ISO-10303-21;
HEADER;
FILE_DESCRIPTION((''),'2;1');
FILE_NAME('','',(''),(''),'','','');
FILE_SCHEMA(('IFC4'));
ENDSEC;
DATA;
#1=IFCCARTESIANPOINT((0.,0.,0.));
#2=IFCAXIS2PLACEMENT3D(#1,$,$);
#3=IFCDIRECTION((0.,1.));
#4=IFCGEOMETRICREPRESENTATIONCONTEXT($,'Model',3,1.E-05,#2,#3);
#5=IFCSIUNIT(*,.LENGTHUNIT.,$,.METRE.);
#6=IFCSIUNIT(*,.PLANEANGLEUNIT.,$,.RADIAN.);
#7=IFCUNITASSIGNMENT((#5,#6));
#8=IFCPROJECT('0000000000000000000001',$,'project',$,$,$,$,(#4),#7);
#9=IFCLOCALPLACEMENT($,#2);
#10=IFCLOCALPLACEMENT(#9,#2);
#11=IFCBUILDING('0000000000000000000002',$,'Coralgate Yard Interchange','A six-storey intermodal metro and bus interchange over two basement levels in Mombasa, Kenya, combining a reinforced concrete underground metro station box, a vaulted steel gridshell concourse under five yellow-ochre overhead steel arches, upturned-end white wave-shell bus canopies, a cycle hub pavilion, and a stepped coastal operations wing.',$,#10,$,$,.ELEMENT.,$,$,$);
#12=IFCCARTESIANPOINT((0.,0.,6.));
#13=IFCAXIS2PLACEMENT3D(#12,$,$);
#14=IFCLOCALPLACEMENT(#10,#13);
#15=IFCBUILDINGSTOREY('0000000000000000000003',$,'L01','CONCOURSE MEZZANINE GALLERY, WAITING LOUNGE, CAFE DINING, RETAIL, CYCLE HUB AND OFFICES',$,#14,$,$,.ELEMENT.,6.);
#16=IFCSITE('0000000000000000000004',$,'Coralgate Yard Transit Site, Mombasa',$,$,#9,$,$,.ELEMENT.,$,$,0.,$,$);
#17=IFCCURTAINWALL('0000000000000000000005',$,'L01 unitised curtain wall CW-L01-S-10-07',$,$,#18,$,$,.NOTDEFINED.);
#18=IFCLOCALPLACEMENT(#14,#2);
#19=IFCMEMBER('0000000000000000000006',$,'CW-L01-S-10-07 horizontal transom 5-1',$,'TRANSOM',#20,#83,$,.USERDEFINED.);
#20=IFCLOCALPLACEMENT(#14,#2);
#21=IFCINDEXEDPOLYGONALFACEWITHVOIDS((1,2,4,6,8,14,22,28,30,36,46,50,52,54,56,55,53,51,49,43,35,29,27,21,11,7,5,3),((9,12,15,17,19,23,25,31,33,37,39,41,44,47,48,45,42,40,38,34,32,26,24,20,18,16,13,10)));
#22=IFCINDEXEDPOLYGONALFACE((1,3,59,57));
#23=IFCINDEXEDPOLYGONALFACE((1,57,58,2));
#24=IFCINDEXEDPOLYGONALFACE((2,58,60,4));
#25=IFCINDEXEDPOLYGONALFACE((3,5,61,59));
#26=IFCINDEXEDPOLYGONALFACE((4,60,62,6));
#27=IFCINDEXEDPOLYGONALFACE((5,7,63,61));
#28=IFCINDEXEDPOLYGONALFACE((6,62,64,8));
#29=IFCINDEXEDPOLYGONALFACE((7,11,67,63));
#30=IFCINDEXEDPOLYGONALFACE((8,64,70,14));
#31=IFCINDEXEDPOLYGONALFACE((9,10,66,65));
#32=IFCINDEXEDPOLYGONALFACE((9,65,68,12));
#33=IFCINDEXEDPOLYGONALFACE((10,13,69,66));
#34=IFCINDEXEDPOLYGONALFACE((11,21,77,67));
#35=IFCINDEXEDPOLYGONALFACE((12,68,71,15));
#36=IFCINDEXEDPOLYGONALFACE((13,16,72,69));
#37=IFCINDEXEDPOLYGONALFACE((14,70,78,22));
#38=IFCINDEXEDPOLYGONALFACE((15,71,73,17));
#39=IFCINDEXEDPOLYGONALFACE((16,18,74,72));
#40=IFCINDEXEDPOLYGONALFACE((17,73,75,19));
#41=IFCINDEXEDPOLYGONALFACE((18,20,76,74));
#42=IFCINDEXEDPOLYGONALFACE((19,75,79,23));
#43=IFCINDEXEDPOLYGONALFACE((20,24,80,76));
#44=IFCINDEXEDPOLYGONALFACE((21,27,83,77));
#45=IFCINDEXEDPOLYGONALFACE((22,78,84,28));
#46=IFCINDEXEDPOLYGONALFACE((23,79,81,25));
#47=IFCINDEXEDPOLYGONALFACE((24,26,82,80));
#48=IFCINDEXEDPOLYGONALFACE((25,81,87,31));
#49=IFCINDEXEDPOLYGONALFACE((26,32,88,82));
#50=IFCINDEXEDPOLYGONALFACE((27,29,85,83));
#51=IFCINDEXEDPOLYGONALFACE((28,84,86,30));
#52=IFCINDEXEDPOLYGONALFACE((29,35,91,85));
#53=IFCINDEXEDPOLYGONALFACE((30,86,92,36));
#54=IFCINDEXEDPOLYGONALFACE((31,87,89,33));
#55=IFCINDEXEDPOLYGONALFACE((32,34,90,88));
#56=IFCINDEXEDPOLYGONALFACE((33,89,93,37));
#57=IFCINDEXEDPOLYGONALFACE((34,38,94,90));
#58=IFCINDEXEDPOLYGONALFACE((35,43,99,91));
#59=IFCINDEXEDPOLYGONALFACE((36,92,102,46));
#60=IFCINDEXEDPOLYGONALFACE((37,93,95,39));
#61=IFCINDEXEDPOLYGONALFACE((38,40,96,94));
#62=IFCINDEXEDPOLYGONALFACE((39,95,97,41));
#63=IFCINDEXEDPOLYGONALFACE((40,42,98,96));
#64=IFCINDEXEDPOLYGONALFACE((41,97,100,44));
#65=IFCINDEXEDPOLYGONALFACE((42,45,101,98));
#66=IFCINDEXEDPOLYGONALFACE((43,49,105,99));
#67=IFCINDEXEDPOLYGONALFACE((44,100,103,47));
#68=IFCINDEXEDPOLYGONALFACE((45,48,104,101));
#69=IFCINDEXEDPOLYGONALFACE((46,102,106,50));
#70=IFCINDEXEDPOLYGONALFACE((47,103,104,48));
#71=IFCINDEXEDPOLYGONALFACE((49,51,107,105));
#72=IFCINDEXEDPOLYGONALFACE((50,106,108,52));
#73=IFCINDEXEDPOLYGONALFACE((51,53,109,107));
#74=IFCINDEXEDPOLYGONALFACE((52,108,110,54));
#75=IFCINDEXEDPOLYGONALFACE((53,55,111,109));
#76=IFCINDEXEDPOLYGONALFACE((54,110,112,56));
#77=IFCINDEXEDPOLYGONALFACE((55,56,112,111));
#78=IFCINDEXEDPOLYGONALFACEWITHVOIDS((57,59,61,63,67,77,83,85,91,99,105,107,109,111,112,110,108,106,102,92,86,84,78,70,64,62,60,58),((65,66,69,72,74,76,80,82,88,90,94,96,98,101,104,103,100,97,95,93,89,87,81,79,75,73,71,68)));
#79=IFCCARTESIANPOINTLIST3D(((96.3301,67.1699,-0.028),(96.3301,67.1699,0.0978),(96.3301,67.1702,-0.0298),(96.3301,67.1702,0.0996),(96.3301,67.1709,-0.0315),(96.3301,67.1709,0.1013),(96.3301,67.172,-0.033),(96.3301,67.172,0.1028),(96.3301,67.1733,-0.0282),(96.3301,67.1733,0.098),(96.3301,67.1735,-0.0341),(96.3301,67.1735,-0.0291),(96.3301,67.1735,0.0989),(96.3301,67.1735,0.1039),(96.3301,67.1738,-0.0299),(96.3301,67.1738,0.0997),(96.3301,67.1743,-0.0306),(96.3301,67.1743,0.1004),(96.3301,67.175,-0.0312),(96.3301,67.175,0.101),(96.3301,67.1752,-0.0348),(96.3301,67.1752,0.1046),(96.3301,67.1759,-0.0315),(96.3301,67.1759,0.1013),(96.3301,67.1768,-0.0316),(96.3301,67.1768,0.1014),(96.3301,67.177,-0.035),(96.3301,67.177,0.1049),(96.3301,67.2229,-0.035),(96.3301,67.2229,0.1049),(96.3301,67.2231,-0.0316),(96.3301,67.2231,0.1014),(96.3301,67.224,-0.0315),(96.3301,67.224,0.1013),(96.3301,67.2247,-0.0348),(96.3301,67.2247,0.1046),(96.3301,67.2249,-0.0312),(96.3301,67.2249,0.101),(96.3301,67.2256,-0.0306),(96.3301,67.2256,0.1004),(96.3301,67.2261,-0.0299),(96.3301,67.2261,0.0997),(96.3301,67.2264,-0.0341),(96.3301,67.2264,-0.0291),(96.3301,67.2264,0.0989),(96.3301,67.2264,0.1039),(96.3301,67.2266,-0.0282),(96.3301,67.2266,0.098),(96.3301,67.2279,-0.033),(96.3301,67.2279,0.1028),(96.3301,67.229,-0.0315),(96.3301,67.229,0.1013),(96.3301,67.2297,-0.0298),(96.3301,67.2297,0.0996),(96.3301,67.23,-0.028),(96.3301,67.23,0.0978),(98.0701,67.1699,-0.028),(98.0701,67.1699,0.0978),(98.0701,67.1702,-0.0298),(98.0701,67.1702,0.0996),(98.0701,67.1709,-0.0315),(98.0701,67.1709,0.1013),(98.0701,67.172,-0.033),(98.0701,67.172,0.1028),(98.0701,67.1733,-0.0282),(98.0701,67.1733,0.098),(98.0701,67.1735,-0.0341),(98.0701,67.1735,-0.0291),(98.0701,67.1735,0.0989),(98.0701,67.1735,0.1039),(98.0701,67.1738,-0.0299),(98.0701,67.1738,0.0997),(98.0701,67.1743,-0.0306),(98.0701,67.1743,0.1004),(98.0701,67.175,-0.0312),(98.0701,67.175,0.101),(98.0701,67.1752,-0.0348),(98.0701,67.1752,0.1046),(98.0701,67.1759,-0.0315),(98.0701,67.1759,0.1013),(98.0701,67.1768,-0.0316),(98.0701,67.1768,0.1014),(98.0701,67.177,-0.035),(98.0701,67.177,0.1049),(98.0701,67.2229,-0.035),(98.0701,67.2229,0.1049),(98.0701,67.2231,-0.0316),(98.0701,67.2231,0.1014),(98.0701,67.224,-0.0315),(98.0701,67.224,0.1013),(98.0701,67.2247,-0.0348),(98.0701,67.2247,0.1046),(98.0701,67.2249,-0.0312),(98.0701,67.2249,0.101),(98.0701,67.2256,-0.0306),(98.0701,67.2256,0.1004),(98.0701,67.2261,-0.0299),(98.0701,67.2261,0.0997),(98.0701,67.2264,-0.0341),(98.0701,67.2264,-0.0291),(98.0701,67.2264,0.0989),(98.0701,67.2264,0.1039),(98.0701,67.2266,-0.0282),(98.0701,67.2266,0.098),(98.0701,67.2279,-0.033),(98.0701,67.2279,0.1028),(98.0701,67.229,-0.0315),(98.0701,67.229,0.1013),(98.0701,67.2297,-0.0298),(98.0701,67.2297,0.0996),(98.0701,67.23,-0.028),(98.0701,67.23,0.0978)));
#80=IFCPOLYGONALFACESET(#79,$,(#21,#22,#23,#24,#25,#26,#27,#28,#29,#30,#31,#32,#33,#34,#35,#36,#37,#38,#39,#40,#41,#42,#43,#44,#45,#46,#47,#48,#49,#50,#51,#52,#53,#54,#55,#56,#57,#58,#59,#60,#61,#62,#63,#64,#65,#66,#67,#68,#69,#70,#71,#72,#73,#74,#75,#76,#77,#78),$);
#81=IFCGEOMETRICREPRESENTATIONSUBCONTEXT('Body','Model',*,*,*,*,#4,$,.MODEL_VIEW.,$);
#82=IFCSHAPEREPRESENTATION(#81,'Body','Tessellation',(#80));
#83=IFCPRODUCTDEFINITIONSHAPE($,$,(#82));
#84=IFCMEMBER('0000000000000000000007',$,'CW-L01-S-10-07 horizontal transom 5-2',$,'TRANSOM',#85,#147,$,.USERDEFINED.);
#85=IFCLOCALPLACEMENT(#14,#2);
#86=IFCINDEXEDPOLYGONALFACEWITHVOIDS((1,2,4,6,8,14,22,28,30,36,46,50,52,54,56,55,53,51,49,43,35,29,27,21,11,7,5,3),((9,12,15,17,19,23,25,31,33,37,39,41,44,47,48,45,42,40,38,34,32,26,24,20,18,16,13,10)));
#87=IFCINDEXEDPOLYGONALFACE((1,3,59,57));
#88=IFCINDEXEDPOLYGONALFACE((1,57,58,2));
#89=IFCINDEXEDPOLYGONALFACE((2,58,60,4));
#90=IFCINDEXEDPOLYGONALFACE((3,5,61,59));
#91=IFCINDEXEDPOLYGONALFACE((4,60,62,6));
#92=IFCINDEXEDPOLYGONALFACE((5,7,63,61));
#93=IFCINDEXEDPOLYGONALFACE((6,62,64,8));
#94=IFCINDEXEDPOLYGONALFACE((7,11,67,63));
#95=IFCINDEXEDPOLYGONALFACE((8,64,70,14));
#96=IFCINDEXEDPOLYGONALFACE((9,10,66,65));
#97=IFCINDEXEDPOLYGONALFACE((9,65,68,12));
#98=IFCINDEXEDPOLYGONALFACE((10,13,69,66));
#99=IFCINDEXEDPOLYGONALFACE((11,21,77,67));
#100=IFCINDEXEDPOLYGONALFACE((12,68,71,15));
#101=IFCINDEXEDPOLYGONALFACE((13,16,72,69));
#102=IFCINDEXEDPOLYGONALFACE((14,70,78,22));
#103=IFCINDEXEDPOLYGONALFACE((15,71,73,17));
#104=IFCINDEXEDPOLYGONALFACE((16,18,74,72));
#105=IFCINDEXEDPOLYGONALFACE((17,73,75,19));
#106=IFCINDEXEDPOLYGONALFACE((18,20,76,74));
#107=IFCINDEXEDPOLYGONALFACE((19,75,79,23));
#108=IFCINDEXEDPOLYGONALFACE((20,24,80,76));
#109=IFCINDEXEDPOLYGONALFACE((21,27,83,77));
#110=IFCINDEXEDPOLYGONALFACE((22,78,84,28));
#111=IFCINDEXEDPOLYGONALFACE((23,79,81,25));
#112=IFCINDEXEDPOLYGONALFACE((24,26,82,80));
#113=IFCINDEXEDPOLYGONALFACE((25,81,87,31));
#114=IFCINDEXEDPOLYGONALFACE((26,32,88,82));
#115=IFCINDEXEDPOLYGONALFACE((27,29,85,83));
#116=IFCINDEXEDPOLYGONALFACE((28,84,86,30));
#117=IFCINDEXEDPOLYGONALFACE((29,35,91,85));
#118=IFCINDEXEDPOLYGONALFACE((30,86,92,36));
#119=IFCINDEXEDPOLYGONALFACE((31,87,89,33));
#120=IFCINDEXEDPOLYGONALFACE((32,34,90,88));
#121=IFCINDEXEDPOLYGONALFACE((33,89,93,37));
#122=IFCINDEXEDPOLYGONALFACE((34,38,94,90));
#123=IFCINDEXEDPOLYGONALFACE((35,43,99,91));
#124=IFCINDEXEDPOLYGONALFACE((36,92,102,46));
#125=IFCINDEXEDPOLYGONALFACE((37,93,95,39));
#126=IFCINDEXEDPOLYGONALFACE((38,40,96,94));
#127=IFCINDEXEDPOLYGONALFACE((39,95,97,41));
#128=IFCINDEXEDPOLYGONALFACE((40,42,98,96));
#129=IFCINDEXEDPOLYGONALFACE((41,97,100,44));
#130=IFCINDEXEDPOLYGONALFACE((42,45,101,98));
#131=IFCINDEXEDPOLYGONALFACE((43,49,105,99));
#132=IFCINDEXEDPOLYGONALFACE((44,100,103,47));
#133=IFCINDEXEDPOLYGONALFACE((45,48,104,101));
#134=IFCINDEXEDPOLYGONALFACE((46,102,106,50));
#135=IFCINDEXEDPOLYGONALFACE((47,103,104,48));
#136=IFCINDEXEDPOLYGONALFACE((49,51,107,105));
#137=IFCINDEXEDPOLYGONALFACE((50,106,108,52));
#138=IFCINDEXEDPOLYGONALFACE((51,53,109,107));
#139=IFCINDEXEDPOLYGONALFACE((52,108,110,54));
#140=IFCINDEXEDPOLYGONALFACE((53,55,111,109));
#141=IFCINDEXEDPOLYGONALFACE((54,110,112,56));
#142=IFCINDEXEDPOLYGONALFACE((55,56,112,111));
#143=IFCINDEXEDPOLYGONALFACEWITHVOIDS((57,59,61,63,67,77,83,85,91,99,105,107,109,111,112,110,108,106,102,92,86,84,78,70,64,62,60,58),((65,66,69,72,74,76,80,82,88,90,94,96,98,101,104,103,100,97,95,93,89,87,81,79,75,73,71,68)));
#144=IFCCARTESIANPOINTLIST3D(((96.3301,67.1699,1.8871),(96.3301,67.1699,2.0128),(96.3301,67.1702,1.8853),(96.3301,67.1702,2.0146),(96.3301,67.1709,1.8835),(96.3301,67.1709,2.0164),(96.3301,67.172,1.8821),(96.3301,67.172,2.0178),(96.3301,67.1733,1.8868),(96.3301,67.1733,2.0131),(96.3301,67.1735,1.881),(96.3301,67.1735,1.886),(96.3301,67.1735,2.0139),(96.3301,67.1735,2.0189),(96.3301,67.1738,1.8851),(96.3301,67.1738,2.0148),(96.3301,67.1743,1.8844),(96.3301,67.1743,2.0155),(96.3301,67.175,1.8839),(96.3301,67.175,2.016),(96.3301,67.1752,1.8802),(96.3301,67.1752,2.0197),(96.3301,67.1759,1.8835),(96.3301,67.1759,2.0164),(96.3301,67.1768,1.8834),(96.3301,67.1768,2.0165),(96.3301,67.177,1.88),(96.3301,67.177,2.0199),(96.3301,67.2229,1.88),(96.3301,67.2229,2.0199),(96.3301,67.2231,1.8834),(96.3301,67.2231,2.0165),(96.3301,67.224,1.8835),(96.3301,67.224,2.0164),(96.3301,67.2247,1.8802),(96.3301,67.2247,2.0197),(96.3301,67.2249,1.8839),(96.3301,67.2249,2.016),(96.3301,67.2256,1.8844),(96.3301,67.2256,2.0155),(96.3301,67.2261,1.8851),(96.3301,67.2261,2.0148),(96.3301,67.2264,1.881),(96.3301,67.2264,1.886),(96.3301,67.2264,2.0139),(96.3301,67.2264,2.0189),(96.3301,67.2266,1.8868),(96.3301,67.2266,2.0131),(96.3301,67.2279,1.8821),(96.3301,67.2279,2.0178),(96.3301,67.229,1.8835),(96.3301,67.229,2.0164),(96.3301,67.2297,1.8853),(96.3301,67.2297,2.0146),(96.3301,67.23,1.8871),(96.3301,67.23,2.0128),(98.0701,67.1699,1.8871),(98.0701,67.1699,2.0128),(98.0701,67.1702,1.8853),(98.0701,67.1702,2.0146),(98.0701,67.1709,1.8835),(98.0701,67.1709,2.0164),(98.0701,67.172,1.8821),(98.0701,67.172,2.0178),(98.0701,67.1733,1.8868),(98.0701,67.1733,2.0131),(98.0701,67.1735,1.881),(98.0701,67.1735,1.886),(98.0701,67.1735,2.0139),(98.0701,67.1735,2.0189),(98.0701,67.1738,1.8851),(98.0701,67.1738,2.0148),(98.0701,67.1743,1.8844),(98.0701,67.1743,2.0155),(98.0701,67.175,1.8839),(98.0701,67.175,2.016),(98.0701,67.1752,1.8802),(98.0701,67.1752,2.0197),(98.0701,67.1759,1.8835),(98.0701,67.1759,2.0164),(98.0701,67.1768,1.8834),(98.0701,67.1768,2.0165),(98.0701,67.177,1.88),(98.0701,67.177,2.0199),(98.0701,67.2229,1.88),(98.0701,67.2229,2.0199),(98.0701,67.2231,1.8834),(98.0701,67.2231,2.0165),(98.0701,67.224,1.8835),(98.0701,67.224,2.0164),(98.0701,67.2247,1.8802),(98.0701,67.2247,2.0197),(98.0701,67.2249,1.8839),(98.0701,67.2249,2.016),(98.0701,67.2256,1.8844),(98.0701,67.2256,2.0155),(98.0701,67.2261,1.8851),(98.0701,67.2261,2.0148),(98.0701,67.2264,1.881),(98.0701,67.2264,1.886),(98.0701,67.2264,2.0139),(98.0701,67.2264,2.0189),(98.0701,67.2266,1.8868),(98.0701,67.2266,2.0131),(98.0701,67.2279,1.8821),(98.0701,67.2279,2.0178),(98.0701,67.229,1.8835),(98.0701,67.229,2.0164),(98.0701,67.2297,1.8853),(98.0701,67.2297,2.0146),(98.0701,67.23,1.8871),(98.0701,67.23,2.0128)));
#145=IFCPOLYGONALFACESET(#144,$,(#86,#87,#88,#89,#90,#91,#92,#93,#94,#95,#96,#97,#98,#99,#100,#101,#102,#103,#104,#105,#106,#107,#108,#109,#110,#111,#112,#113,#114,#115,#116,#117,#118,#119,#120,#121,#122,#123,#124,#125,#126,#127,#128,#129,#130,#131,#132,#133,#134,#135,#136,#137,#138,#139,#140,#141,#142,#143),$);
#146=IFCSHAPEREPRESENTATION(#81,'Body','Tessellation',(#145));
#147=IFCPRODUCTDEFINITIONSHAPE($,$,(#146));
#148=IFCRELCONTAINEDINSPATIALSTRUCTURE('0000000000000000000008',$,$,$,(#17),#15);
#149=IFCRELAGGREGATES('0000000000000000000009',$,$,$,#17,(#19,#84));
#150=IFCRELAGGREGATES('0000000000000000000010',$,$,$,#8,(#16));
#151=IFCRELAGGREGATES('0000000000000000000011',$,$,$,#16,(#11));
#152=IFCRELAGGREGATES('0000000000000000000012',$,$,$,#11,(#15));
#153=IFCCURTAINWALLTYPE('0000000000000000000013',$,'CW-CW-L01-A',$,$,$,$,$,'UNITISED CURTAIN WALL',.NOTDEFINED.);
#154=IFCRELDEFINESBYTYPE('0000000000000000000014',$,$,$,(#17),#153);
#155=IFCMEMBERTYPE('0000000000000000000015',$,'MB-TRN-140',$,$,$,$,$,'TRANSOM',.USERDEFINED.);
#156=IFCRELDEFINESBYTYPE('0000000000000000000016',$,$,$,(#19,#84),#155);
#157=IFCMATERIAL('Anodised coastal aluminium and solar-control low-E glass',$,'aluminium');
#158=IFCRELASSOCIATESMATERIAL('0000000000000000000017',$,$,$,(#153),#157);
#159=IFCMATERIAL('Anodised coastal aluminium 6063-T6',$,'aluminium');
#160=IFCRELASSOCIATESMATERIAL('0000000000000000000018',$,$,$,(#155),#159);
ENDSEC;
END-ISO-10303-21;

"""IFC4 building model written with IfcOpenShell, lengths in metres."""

from ifc_helpers import new_model, si_unit, direction, frame, origin, origin_2d, place, context, subcontext, project, spatial, hollow_rectangle, extrude, material, material_profile, profile_set, type_object, element, aggregate, save


model = new_model("IFC4")

# Units and contexts
model_context = context("Model", 3, precision=1e-05, world=origin(), true_north=direction((0.0, 1.0)))
body_context = subcontext(model_context, "Body", "Model", "MODEL_VIEW")
ifc_project = project(units=[si_unit("LENGTHUNIT", "METRE"), si_unit("PLANEANGLEUNIT", "RADIAN")], contexts=[model_context])

# Site, building, storey
site_placement = place(None, origin())
site = spatial("IfcSite", under=ifc_project, at=site_placement, Name="Coralgate Yard Transit Site, Mombasa", CompositionType="ELEMENT", RefElevation=0.0)
building_placement = place(site_placement, origin())
building = spatial("IfcBuilding", under=site, at=building_placement, Name="Coralgate Yard Interchange", Description="A six-storey intermodal metro and bus interchange over two basement levels in Mombasa, Kenya, combining a reinforced concrete underground metro station box, a vaulted steel gridshell concourse under five yellow-ochre overhead steel arches, upturned-end white wave-shell bus canopies, a cycle hub pavilion, and a stepped coastal operations wing.", CompositionType="ELEMENT")
storey_placement = place(building_placement, frame((0.0, 0.0, 6.0)))
storey = spatial("IfcBuildingStorey", under=building, at=storey_placement, Name="L01", Description="CONCOURSE MEZZANINE GALLERY, WAITING LOUNGE, CAFE DINING, RETAIL, CYCLE HUB AND OFFICES", CompositionType="ELEMENT", Elevation=6.0)

# Shared definitions
ifc_material_1 = material(Name="Anodised coastal aluminium and solar-control low-E glass", Category="aluminium")
curtain_wall_type = type_object("IfcCurtainWallType", Name="CW-CW-L01-A", ElementType="UNITISED CURTAIN WALL", PredefinedType="NOTDEFINED", material=ifc_material_1)
ifc_material_2 = material(Name="Anodised coastal aluminium 6063-T6", Category="aluminium")

# Curtain wall
curtain_wall_1_placement = place(storey_placement, origin())
curtain_wall_1 = element("IfcCurtainWall", 1, at=curtain_wall_1_placement, inside=storey, type_object=curtain_wall_type, Name="L01 unitised curtain wall CW-L01-S-10-07", PredefinedType="NOTDEFINED")

# Members
ifc_material_profile_1 = material_profile(ifc_material_2, hollow_rectangle(XDim=0.0601, YDim=0.1399, WallThickness=0.0034, InnerFilletRadius=0.0034, OuterFilletRadius=0.0071, at=origin_2d()), Name="ALU 60x140x3.5")
ifc_profile_set_1 = profile_set([ifc_material_profile_1], Name="Anodised coastal aluminium 6063-T6")
member_type_1 = type_object("IfcMemberType", Name="MB-TRN-140", ElementType="TRANSOM", PredefinedType="USERDEFINED", material=ifc_profile_set_1)
member_1_placement = place(storey_placement, frame((98.0701, 67.2, 0.0349), z_axis=(-1.0, 0.0, 0.0), x_axis=(0.0, -1.0, 0.0)))
member_1 = element("IfcMember", 2, at=member_1_placement, type_object=member_type_1, Name="CW-L01-S-10-07 horizontal transom 5-1", ObjectType="TRANSOM", PredefinedType="USERDEFINED", context=body_context, shape_type="SweptSolid", body=[
    extrude(hollow_rectangle(XDim=0.0601, YDim=0.1399, WallThickness=0.0034, InnerFilletRadius=0.0034, OuterFilletRadius=0.0071, at=origin_2d()), origin(), (0.0, 0.0, 1.0), 1.74),
])
member_2_placement = place(storey_placement, frame((98.0701, 67.2, 1.95), z_axis=(-1.0, 0.0, 0.0), x_axis=(0.0, -1.0, 0.0)))
member_2 = element("IfcMember", 3, at=member_2_placement, type_object=member_type_1, Name="CW-L01-S-10-07 horizontal transom 5-2", ObjectType="TRANSOM", PredefinedType="USERDEFINED", context=body_context, shape_type="SweptSolid", body=[
    extrude(hollow_rectangle(XDim=0.0601, YDim=0.1399, WallThickness=0.0034, InnerFilletRadius=0.0034, OuterFilletRadius=0.0071, at=origin_2d()), origin(), (0.0, 0.0, 1.0), 1.74),
])

aggregate(curtain_wall_1, [member_1, member_2])

save(model, "model.ifc")
